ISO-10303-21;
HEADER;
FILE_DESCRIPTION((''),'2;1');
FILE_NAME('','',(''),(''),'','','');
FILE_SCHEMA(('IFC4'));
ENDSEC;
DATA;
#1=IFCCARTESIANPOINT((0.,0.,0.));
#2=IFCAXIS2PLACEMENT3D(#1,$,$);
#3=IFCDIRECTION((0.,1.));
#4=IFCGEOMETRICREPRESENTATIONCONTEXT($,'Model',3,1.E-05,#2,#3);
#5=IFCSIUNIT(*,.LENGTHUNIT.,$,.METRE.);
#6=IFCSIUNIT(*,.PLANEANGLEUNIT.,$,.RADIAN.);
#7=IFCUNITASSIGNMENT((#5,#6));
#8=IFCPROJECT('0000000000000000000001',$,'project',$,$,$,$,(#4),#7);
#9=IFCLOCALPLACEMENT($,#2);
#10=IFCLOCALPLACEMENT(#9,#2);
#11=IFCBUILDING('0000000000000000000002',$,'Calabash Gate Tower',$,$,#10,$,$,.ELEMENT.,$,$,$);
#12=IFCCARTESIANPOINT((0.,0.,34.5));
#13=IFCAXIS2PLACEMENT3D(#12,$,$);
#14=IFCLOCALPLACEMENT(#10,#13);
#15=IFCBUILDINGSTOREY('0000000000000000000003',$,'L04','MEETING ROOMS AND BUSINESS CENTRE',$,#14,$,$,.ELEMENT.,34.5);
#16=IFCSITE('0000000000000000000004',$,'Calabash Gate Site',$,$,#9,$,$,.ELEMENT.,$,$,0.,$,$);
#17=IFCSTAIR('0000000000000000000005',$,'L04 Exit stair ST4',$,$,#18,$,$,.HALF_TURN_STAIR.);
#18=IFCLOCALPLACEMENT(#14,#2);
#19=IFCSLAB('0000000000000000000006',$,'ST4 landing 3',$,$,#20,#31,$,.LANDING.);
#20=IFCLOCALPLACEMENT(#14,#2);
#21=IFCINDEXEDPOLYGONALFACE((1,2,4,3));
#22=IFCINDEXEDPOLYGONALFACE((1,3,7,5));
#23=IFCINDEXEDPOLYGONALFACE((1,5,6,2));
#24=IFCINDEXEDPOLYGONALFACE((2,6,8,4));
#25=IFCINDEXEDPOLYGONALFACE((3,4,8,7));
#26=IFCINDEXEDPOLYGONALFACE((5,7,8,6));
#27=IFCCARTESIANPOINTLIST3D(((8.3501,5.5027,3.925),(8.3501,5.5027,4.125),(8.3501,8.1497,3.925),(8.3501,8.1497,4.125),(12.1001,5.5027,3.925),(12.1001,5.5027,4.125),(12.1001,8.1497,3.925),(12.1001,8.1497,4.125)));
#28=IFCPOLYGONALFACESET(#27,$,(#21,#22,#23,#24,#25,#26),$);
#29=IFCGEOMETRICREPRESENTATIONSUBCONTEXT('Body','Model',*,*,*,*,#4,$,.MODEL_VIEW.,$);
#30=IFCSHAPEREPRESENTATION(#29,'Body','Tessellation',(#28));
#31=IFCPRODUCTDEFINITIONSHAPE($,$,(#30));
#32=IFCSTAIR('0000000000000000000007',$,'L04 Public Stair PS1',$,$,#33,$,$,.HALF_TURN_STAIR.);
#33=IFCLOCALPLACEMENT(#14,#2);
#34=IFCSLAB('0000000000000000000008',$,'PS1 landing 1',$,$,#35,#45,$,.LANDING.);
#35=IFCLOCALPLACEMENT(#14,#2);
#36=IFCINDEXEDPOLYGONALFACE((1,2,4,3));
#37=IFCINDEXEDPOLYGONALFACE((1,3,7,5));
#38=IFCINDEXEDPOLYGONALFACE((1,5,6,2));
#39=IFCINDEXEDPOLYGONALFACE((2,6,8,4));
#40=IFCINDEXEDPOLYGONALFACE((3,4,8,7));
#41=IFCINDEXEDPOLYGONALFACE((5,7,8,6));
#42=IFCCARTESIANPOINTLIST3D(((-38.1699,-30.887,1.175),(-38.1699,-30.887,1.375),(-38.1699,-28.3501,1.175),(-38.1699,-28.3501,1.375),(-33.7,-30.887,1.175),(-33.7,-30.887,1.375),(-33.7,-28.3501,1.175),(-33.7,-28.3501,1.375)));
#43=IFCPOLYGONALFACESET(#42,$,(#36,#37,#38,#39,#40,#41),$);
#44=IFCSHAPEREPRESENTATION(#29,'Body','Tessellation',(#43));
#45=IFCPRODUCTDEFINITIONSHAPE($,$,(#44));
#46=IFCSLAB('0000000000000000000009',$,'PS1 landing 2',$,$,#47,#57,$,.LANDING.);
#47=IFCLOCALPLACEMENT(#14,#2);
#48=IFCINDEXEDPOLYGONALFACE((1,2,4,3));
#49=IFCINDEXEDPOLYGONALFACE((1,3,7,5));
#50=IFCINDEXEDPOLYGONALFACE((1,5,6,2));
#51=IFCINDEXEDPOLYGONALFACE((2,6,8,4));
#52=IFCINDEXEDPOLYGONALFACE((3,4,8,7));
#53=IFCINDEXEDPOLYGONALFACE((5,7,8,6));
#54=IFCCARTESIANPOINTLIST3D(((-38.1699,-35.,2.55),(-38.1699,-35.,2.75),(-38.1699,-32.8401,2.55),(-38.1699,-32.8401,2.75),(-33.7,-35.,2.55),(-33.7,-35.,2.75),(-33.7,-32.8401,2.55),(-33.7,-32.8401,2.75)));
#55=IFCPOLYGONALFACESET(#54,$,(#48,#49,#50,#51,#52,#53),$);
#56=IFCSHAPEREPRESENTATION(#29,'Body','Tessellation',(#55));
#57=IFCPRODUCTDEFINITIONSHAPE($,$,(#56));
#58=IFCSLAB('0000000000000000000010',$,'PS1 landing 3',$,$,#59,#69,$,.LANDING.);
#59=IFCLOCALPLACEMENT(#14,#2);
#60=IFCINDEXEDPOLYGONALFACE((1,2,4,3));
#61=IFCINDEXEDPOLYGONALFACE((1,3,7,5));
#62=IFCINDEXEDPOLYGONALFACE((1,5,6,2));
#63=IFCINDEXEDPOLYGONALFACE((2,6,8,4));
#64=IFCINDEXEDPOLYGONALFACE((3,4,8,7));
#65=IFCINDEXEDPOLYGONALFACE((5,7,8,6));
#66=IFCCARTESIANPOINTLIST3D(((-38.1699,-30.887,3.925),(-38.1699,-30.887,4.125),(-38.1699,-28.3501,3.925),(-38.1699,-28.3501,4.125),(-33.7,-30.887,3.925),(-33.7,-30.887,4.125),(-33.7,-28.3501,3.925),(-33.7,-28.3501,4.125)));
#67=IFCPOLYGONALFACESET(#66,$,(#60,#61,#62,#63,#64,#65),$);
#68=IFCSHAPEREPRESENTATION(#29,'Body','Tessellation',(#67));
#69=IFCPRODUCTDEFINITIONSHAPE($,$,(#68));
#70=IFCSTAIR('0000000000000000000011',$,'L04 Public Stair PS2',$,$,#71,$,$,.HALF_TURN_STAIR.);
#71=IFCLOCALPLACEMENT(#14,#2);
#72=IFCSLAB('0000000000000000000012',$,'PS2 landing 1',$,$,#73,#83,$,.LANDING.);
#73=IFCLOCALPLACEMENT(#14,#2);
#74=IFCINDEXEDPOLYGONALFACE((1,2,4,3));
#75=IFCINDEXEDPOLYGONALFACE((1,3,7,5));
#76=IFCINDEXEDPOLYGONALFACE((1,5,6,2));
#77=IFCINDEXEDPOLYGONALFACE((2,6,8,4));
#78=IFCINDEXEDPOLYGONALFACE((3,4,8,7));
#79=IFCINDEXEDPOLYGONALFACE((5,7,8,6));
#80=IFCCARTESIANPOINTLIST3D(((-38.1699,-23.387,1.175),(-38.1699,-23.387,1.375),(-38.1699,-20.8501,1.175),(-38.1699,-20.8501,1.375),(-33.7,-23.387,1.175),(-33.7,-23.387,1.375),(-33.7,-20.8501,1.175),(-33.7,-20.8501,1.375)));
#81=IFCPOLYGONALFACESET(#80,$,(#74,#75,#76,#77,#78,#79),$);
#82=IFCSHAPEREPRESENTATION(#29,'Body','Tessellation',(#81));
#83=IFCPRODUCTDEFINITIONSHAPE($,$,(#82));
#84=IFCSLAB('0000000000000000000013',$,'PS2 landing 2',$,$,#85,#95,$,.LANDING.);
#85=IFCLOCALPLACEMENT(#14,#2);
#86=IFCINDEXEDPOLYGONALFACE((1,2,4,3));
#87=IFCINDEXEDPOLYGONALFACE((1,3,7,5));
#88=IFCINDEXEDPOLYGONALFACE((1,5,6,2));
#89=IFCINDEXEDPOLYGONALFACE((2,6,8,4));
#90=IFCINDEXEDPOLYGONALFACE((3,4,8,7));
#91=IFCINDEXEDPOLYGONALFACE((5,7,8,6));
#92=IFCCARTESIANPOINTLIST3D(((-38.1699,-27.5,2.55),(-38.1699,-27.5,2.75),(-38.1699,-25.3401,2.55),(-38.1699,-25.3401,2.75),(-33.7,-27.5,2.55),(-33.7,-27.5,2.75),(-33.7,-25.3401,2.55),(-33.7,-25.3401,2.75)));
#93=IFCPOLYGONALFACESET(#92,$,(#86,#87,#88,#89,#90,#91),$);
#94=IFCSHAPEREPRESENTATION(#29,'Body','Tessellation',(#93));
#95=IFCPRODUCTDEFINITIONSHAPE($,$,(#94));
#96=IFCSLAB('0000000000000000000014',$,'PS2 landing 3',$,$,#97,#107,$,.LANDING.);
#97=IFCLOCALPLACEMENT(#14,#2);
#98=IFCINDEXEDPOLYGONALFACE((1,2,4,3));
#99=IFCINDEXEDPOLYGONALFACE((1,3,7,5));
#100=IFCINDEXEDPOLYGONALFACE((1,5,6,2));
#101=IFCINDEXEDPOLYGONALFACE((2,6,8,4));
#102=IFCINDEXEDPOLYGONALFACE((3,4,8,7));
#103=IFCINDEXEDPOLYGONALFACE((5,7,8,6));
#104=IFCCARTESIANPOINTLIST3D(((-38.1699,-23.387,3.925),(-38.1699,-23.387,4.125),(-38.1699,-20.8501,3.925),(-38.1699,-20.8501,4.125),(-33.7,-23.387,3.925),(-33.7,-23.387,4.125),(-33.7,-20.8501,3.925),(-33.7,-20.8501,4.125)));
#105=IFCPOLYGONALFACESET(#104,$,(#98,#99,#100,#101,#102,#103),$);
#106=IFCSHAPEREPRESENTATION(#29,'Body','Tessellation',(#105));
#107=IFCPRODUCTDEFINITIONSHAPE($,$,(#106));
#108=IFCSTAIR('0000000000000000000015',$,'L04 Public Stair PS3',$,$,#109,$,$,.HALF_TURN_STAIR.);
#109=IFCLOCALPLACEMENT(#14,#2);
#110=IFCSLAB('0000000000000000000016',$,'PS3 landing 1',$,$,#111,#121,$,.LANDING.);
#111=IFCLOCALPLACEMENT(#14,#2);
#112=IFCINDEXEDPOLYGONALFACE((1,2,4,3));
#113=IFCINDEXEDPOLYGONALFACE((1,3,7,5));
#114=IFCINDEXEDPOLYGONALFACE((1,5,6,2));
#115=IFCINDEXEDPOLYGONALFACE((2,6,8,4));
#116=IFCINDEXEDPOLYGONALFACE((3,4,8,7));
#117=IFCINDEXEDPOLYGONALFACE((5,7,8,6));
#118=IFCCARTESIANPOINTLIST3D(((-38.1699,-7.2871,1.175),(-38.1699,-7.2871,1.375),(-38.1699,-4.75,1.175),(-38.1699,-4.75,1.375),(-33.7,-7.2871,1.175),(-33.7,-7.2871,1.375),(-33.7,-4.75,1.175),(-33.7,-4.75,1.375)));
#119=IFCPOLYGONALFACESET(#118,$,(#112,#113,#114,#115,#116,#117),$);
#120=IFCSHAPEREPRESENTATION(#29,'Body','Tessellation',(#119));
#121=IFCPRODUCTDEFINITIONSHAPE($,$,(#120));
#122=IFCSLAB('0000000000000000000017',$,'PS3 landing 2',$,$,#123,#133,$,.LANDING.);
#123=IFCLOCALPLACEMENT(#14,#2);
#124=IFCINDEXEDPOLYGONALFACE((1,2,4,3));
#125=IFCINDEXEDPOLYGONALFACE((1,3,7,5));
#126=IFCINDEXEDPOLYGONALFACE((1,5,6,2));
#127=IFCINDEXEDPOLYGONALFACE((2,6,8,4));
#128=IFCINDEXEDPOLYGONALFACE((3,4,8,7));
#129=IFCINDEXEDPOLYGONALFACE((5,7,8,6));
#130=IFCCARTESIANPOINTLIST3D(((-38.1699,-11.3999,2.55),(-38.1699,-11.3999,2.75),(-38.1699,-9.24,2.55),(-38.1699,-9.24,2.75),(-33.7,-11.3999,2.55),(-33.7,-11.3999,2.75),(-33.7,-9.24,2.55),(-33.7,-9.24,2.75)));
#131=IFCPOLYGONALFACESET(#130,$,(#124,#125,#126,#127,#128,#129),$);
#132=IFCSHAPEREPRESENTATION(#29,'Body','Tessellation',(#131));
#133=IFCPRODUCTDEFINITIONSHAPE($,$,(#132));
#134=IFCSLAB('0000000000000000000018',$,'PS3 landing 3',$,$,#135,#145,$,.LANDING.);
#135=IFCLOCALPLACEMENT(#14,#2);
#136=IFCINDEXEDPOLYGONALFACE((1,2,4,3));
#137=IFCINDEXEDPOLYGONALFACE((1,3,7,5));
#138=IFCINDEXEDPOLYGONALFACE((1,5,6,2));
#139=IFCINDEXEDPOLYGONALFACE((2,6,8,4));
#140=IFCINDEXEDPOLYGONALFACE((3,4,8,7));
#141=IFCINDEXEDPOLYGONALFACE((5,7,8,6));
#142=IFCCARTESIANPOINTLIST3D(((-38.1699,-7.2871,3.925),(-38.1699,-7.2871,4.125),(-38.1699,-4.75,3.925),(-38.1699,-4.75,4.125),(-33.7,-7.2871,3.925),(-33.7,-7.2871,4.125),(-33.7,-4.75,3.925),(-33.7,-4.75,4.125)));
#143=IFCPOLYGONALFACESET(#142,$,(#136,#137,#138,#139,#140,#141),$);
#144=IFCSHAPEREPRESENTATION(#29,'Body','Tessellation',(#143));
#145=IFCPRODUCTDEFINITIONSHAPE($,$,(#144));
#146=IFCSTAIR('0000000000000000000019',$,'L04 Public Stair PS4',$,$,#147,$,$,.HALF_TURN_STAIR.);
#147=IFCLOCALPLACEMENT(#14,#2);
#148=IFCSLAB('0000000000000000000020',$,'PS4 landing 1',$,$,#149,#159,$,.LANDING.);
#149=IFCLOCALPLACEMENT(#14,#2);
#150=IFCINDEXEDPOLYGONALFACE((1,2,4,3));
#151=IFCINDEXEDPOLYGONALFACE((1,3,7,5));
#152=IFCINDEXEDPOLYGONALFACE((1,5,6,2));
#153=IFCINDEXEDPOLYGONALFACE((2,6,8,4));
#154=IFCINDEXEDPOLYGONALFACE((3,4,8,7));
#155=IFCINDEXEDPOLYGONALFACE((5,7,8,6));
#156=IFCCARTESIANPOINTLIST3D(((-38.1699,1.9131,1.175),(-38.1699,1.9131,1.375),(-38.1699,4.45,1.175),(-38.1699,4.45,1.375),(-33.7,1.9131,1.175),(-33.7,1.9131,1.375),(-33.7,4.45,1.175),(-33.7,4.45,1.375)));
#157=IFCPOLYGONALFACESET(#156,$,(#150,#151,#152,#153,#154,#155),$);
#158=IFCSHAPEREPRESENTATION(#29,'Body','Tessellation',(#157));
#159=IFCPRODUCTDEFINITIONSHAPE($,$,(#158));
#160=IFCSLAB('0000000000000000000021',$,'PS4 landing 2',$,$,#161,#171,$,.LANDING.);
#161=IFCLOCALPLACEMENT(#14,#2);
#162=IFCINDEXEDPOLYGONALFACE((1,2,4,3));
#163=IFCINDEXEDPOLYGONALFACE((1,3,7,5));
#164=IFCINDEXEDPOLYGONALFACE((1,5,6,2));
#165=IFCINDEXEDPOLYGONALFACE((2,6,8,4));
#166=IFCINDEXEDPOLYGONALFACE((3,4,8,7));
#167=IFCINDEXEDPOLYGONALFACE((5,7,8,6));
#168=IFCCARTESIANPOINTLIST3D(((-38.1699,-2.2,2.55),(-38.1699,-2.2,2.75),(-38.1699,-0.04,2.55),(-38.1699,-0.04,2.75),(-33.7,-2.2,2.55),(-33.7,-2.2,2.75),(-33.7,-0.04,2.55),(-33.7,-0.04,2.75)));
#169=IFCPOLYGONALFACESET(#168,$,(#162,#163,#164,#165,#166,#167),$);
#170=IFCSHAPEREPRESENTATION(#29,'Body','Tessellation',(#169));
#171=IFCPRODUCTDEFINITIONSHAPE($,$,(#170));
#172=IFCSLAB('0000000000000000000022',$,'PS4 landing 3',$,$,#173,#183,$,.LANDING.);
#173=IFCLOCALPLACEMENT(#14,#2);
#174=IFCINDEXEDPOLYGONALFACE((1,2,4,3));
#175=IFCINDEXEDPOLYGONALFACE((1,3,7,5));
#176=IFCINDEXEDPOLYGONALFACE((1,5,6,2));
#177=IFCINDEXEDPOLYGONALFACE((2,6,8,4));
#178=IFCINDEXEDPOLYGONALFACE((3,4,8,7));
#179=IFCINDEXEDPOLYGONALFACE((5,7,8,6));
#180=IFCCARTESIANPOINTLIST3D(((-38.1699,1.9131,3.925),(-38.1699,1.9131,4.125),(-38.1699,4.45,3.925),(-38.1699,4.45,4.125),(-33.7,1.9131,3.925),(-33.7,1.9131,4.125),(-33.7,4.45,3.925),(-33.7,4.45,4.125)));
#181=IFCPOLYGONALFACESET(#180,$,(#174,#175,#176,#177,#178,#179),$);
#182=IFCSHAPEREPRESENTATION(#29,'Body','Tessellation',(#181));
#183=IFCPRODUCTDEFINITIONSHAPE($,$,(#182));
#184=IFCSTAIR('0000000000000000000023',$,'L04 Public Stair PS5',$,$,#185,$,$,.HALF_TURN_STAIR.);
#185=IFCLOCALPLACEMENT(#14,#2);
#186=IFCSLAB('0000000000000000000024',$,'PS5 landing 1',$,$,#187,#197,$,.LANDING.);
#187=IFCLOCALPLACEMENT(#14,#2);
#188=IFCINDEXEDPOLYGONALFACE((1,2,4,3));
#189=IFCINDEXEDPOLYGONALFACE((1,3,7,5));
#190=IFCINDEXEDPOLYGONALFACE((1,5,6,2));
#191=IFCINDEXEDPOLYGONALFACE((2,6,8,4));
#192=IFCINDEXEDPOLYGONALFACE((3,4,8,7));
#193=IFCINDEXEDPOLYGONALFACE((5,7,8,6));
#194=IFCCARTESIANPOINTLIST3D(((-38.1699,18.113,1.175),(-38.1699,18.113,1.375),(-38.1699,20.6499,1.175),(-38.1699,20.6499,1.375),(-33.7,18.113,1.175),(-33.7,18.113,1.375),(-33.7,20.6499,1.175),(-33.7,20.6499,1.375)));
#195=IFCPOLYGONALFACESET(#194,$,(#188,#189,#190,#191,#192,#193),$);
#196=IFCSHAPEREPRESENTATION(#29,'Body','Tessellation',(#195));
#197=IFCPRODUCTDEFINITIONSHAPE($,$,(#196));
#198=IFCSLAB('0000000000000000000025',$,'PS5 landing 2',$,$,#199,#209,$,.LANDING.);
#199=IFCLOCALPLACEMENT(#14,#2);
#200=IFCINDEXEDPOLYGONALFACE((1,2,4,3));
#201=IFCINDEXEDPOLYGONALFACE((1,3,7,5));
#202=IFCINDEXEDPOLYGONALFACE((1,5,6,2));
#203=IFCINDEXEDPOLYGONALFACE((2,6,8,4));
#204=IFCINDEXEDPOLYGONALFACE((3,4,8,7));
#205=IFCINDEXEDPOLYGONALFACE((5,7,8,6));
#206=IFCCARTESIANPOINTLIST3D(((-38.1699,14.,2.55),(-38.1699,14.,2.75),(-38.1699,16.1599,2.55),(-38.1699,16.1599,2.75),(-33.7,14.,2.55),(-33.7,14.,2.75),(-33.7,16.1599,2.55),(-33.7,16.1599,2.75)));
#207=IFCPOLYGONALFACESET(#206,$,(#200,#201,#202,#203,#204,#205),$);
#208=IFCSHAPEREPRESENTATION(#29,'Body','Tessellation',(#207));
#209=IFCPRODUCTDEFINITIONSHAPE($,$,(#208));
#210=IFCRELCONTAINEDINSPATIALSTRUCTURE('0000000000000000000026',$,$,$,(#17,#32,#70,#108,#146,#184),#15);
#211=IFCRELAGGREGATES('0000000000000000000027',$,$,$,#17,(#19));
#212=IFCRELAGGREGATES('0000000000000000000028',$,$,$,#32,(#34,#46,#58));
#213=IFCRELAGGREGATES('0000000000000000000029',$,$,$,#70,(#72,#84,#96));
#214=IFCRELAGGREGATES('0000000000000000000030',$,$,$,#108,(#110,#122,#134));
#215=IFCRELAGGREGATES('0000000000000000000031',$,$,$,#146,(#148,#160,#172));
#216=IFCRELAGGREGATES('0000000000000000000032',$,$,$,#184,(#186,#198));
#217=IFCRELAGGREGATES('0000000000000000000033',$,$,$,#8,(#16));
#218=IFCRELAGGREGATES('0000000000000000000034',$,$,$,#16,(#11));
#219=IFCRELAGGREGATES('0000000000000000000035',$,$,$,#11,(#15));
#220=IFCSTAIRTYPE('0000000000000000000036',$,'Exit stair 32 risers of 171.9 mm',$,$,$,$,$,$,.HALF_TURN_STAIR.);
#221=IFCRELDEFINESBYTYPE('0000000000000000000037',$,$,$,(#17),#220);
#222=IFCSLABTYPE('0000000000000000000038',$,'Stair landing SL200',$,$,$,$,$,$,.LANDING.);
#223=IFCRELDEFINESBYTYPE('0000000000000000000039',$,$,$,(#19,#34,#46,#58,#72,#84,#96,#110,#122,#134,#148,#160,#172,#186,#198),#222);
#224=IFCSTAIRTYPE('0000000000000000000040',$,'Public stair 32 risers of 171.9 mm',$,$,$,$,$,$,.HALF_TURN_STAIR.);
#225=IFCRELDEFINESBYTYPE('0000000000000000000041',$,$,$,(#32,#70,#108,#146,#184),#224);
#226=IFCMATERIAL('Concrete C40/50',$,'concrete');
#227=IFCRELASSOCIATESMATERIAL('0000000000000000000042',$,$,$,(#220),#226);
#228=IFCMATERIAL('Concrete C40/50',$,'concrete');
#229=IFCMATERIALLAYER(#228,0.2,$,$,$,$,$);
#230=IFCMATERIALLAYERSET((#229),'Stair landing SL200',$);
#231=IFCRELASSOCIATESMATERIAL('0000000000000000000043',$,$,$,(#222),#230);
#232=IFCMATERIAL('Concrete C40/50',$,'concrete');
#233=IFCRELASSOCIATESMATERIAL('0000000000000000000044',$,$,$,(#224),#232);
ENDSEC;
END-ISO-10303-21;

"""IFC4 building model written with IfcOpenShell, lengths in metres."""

from ifc_helpers import new_model, si_unit, direction, frame, origin, place, context, subcontext, project, spatial, polyline, outline, extrude, material, layer, layer_set, type_object, element, aggregate, save


model = new_model("IFC4")

# Units and contexts
model_context = context("Model", 3, precision=1e-05, world=origin(), true_north=direction((0.0, 1.0)))
body_context = subcontext(model_context, "Body", "Model", "MODEL_VIEW")
ifc_project = project(units=[si_unit("LENGTHUNIT", "METRE"), si_unit("PLANEANGLEUNIT", "RADIAN")], contexts=[model_context])

# Site, building, storey
site_placement = place(None, origin())
site = spatial("IfcSite", under=ifc_project, at=site_placement, Name="Calabash Gate Site", CompositionType="ELEMENT", RefElevation=0.0)
building_placement = place(site_placement, origin())
building = spatial("IfcBuilding", under=site, at=building_placement, Name="Calabash Gate Tower", CompositionType="ELEMENT")
storey_placement = place(building_placement, frame((0.0, 0.0, 34.5)))
storey = spatial("IfcBuildingStorey", under=building, at=storey_placement, Name="L04", Description="MEETING ROOMS AND BUSINESS CENTRE", CompositionType="ELEMENT", Elevation=34.5)

# Stair, slab
ifc_material_1 = material(Name="Concrete C40/50", Category="concrete")
stair_type_1 = type_object("IfcStairType", Name="Exit stair 32 risers of 171.9 mm", PredefinedType="HALF_TURN_STAIR", material=ifc_material_1)
stair_1_placement = place(storey_placement, origin())
stair_1 = element("IfcStair", 1, at=stair_1_placement, inside=storey, type_object=stair_type_1, Name="L04 Exit stair ST4", PredefinedType="HALF_TURN_STAIR")
ifc_material_2 = material(Name="Concrete C40/50", Category="concrete")
ifc_layer = layer(ifc_material_2, 0.2)
ifc_layer_set = layer_set([ifc_layer], Name="Stair landing SL200")
slab_type = type_object("IfcSlabType", Name="Stair landing SL200", PredefinedType="LANDING", material=ifc_layer_set)
slab_1_placement = place(storey_placement, frame((0.0, 0.0, 3.925)))
slab_1 = element("IfcSlab", 2, at=slab_1_placement, type_object=slab_type, Name="ST4 landing 3", PredefinedType="LANDING", context=body_context, shape_type="SweptSolid", body=[
    extrude(outline(polyline([(8.3501, 8.1497), (8.3501, 5.5027), (12.1001, 5.5027), (12.1001, 8.1497), (8.3501, 8.1497)])), origin(), (0.0, 0.0, 1.0), 0.2),
])
aggregate(stair_1, [slab_1])

# Stairs, slabs
ifc_material_3 = material(Name="Concrete C40/50", Category="concrete")
stair_type_2 = type_object("IfcStairType", Name="Public stair 32 risers of 171.9 mm", PredefinedType="HALF_TURN_STAIR", material=ifc_material_3)
stair_2_placement = place(storey_placement, origin())
stair_2 = element("IfcStair", 3, at=stair_2_placement, inside=storey, type_object=stair_type_2, Name="L04 Public Stair PS1", PredefinedType="HALF_TURN_STAIR")
slab_2_placement = place(storey_placement, frame((0.0, 0.0, 1.175)))
slab_2 = element("IfcSlab", 4, at=slab_2_placement, type_object=slab_type, Name="PS1 landing 1", PredefinedType="LANDING", context=body_context, shape_type="SweptSolid", body=[
    extrude(outline(polyline([(-33.7, -30.887), (-33.7, -28.3501), (-38.1699, -28.3501), (-38.1699, -30.887), (-33.7, -30.887)])), origin(), (0.0, 0.0, 1.0), 0.2),
])
slab_3_placement = place(storey_placement, frame((0.0, 0.0, 2.55)))
slab_3 = element("IfcSlab", 5, at=slab_3_placement, type_object=slab_type, Name="PS1 landing 2", PredefinedType="LANDING", context=body_context, shape_type="SweptSolid", body=[
    extrude(outline(polyline([(-33.7, -35.0), (-33.7, -32.8401), (-38.1699, -32.8401), (-38.1699, -35.0), (-33.7, -35.0)])), origin(), (0.0, 0.0, 1.0), 0.2),
])
slab_4_placement = place(storey_placement, frame((0.0, 0.0, 3.925)))
slab_4 = element("IfcSlab", 6, at=slab_4_placement, type_object=slab_type, Name="PS1 landing 3", PredefinedType="LANDING", context=body_context, shape_type="SweptSolid", body=[
    extrude(outline(polyline([(-33.7, -30.887), (-33.7, -28.3501), (-38.1699, -28.3501), (-38.1699, -30.887), (-33.7, -30.887)])), origin(), (0.0, 0.0, 1.0), 0.2),
])
aggregate(stair_2, [slab_2, slab_3, slab_4])
stair_3_placement = place(storey_placement, origin())
stair_3 = element("IfcStair", 7, at=stair_3_placement, inside=storey, type_object=stair_type_2, Name="L04 Public Stair PS2", PredefinedType="HALF_TURN_STAIR")
slab_5_placement = place(storey_placement, frame((0.0, 0.0, 1.175)))
slab_5 = element("IfcSlab", 8, at=slab_5_placement, type_object=slab_type, Name="PS2 landing 1", PredefinedType="LANDING", context=body_context, shape_type="SweptSolid", body=[
    extrude(outline(polyline([(-33.7, -23.387), (-33.7, -20.8501), (-38.1699, -20.8501), (-38.1699, -23.387), (-33.7, -23.387)])), origin(), (0.0, 0.0, 1.0), 0.2),
])
slab_6_placement = place(storey_placement, frame((0.0, 0.0, 2.55)))
slab_6 = element("IfcSlab", 9, at=slab_6_placement, type_object=slab_type, Name="PS2 landing 2", PredefinedType="LANDING", context=body_context, shape_type="SweptSolid", body=[
    extrude(outline(polyline([(-33.7, -27.5), (-33.7, -25.3401), (-38.1699, -25.3401), (-38.1699, -27.5), (-33.7, -27.5)])), origin(), (0.0, 0.0, 1.0), 0.2),
])
slab_7_placement = place(storey_placement, frame((0.0, 0.0, 3.925)))
slab_7 = element("IfcSlab", 10, at=slab_7_placement, type_object=slab_type, Name="PS2 landing 3", PredefinedType="LANDING", context=body_context, shape_type="SweptSolid", body=[
    extrude(outline(polyline([(-33.7, -23.387), (-33.7, -20.8501), (-38.1699, -20.8501), (-38.1699, -23.387), (-33.7, -23.387)])), origin(), (0.0, 0.0, 1.0), 0.2),
])
aggregate(stair_3, [slab_5, slab_6, slab_7])
stair_4_placement = place(storey_placement, origin())
stair_4 = element("IfcStair", 11, at=stair_4_placement, inside=storey, type_object=stair_type_2, Name="L04 Public Stair PS3", PredefinedType="HALF_TURN_STAIR")
slab_8_placement = place(storey_placement, frame((0.0, 0.0, 1.175)))
slab_8 = element("IfcSlab", 12, at=slab_8_placement, type_object=slab_type, Name="PS3 landing 1", PredefinedType="LANDING", context=body_context, shape_type="SweptSolid", body=[
    extrude(outline(polyline([(-33.7, -7.2871), (-33.7, -4.75), (-38.1699, -4.75), (-38.1699, -7.2871), (-33.7, -7.2871)])), origin(), (0.0, 0.0, 1.0), 0.2),
])
slab_9_placement = place(storey_placement, frame((0.0, 0.0, 2.55)))
slab_9 = element("IfcSlab", 13, at=slab_9_placement, type_object=slab_type, Name="PS3 landing 2", PredefinedType="LANDING", context=body_context, shape_type="SweptSolid", body=[
    extrude(outline(polyline([(-33.7, -11.3999), (-33.7, -9.24), (-38.1699, -9.24), (-38.1699, -11.3999), (-33.7, -11.3999)])), origin(), (0.0, 0.0, 1.0), 0.2),
])
slab_10_placement = place(storey_placement, frame((0.0, 0.0, 3.925)))
slab_10 = element("IfcSlab", 14, at=slab_10_placement, type_object=slab_type, Name="PS3 landing 3", PredefinedType="LANDING", context=body_context, shape_type="SweptSolid", body=[
    extrude(outline(polyline([(-33.7, -7.2871), (-33.7, -4.75), (-38.1699, -4.75), (-38.1699, -7.2871), (-33.7, -7.2871)])), origin(), (0.0, 0.0, 1.0), 0.2),
])
aggregate(stair_4, [slab_8, slab_9, slab_10])
stair_5_placement = place(storey_placement, origin())
stair_5 = element("IfcStair", 15, at=stair_5_placement, inside=storey, type_object=stair_type_2, Name="L04 Public Stair PS4", PredefinedType="HALF_TURN_STAIR")
slab_11_placement = place(storey_placement, frame((0.0, 0.0, 1.175)))
slab_11 = element("IfcSlab", 16, at=slab_11_placement, type_object=slab_type, Name="PS4 landing 1", PredefinedType="LANDING", context=body_context, shape_type="SweptSolid", body=[
    extrude(outline(polyline([(-33.7, 1.9131), (-33.7, 4.45), (-38.1699, 4.45), (-38.1699, 1.9131), (-33.7, 1.9131)])), origin(), (0.0, 0.0, 1.0), 0.2),
])
slab_12_placement = place(storey_placement, frame((0.0, 0.0, 2.55)))
slab_12 = element("IfcSlab", 17, at=slab_12_placement, type_object=slab_type, Name="PS4 landing 2", PredefinedType="LANDING", context=body_context, shape_type="SweptSolid", body=[
    extrude(outline(polyline([(-33.7, -2.2), (-33.7, -0.04), (-38.1699, -0.04), (-38.1699, -2.2), (-33.7, -2.2)])), origin(), (0.0, 0.0, 1.0), 0.2),
])
slab_13_placement = place(storey_placement, frame((0.0, 0.0, 3.925)))
slab_13 = element("IfcSlab", 18, at=slab_13_placement, type_object=slab_type, Name="PS4 landing 3", PredefinedType="LANDING", context=body_context, shape_type="SweptSolid", body=[
    extrude(outline(polyline([(-33.7, 1.9131), (-33.7, 4.45), (-38.1699, 4.45), (-38.1699, 1.9131), (-33.7, 1.9131)])), origin(), (0.0, 0.0, 1.0), 0.2),
])
aggregate(stair_5, [slab_11, slab_12, slab_13])
stair_6_placement = place(storey_placement, origin())
stair_6 = element("IfcStair", 19, at=stair_6_placement, inside=storey, type_object=stair_type_2, Name="L04 Public Stair PS5", PredefinedType="HALF_TURN_STAIR")
slab_14_placement = place(storey_placement, frame((0.0, 0.0, 1.175)))
slab_14 = element("IfcSlab", 20, at=slab_14_placement, type_object=slab_type, Name="PS5 landing 1", PredefinedType="LANDING", context=body_context, shape_type="SweptSolid", body=[
    extrude(outline(polyline([(-33.7, 18.113), (-33.7, 20.6499), (-38.1699, 20.6499), (-38.1699, 18.113), (-33.7, 18.113)])), origin(), (0.0, 0.0, 1.0), 0.2),
])
slab_15_placement = place(storey_placement, frame((0.0, 0.0, 2.55)))
slab_15 = element("IfcSlab", 21, at=slab_15_placement, type_object=slab_type, Name="PS5 landing 2", PredefinedType="LANDING", context=body_context, shape_type="SweptSolid", body=[
    extrude(outline(polyline([(-33.7, 14.0), (-33.7, 16.1599), (-38.1699, 16.1599), (-38.1699, 14.0), (-33.7, 14.0)])), origin(), (0.0, 0.0, 1.0), 0.2),
])
aggregate(stair_6, [slab_14, slab_15])

save(model, "model.ifc")
